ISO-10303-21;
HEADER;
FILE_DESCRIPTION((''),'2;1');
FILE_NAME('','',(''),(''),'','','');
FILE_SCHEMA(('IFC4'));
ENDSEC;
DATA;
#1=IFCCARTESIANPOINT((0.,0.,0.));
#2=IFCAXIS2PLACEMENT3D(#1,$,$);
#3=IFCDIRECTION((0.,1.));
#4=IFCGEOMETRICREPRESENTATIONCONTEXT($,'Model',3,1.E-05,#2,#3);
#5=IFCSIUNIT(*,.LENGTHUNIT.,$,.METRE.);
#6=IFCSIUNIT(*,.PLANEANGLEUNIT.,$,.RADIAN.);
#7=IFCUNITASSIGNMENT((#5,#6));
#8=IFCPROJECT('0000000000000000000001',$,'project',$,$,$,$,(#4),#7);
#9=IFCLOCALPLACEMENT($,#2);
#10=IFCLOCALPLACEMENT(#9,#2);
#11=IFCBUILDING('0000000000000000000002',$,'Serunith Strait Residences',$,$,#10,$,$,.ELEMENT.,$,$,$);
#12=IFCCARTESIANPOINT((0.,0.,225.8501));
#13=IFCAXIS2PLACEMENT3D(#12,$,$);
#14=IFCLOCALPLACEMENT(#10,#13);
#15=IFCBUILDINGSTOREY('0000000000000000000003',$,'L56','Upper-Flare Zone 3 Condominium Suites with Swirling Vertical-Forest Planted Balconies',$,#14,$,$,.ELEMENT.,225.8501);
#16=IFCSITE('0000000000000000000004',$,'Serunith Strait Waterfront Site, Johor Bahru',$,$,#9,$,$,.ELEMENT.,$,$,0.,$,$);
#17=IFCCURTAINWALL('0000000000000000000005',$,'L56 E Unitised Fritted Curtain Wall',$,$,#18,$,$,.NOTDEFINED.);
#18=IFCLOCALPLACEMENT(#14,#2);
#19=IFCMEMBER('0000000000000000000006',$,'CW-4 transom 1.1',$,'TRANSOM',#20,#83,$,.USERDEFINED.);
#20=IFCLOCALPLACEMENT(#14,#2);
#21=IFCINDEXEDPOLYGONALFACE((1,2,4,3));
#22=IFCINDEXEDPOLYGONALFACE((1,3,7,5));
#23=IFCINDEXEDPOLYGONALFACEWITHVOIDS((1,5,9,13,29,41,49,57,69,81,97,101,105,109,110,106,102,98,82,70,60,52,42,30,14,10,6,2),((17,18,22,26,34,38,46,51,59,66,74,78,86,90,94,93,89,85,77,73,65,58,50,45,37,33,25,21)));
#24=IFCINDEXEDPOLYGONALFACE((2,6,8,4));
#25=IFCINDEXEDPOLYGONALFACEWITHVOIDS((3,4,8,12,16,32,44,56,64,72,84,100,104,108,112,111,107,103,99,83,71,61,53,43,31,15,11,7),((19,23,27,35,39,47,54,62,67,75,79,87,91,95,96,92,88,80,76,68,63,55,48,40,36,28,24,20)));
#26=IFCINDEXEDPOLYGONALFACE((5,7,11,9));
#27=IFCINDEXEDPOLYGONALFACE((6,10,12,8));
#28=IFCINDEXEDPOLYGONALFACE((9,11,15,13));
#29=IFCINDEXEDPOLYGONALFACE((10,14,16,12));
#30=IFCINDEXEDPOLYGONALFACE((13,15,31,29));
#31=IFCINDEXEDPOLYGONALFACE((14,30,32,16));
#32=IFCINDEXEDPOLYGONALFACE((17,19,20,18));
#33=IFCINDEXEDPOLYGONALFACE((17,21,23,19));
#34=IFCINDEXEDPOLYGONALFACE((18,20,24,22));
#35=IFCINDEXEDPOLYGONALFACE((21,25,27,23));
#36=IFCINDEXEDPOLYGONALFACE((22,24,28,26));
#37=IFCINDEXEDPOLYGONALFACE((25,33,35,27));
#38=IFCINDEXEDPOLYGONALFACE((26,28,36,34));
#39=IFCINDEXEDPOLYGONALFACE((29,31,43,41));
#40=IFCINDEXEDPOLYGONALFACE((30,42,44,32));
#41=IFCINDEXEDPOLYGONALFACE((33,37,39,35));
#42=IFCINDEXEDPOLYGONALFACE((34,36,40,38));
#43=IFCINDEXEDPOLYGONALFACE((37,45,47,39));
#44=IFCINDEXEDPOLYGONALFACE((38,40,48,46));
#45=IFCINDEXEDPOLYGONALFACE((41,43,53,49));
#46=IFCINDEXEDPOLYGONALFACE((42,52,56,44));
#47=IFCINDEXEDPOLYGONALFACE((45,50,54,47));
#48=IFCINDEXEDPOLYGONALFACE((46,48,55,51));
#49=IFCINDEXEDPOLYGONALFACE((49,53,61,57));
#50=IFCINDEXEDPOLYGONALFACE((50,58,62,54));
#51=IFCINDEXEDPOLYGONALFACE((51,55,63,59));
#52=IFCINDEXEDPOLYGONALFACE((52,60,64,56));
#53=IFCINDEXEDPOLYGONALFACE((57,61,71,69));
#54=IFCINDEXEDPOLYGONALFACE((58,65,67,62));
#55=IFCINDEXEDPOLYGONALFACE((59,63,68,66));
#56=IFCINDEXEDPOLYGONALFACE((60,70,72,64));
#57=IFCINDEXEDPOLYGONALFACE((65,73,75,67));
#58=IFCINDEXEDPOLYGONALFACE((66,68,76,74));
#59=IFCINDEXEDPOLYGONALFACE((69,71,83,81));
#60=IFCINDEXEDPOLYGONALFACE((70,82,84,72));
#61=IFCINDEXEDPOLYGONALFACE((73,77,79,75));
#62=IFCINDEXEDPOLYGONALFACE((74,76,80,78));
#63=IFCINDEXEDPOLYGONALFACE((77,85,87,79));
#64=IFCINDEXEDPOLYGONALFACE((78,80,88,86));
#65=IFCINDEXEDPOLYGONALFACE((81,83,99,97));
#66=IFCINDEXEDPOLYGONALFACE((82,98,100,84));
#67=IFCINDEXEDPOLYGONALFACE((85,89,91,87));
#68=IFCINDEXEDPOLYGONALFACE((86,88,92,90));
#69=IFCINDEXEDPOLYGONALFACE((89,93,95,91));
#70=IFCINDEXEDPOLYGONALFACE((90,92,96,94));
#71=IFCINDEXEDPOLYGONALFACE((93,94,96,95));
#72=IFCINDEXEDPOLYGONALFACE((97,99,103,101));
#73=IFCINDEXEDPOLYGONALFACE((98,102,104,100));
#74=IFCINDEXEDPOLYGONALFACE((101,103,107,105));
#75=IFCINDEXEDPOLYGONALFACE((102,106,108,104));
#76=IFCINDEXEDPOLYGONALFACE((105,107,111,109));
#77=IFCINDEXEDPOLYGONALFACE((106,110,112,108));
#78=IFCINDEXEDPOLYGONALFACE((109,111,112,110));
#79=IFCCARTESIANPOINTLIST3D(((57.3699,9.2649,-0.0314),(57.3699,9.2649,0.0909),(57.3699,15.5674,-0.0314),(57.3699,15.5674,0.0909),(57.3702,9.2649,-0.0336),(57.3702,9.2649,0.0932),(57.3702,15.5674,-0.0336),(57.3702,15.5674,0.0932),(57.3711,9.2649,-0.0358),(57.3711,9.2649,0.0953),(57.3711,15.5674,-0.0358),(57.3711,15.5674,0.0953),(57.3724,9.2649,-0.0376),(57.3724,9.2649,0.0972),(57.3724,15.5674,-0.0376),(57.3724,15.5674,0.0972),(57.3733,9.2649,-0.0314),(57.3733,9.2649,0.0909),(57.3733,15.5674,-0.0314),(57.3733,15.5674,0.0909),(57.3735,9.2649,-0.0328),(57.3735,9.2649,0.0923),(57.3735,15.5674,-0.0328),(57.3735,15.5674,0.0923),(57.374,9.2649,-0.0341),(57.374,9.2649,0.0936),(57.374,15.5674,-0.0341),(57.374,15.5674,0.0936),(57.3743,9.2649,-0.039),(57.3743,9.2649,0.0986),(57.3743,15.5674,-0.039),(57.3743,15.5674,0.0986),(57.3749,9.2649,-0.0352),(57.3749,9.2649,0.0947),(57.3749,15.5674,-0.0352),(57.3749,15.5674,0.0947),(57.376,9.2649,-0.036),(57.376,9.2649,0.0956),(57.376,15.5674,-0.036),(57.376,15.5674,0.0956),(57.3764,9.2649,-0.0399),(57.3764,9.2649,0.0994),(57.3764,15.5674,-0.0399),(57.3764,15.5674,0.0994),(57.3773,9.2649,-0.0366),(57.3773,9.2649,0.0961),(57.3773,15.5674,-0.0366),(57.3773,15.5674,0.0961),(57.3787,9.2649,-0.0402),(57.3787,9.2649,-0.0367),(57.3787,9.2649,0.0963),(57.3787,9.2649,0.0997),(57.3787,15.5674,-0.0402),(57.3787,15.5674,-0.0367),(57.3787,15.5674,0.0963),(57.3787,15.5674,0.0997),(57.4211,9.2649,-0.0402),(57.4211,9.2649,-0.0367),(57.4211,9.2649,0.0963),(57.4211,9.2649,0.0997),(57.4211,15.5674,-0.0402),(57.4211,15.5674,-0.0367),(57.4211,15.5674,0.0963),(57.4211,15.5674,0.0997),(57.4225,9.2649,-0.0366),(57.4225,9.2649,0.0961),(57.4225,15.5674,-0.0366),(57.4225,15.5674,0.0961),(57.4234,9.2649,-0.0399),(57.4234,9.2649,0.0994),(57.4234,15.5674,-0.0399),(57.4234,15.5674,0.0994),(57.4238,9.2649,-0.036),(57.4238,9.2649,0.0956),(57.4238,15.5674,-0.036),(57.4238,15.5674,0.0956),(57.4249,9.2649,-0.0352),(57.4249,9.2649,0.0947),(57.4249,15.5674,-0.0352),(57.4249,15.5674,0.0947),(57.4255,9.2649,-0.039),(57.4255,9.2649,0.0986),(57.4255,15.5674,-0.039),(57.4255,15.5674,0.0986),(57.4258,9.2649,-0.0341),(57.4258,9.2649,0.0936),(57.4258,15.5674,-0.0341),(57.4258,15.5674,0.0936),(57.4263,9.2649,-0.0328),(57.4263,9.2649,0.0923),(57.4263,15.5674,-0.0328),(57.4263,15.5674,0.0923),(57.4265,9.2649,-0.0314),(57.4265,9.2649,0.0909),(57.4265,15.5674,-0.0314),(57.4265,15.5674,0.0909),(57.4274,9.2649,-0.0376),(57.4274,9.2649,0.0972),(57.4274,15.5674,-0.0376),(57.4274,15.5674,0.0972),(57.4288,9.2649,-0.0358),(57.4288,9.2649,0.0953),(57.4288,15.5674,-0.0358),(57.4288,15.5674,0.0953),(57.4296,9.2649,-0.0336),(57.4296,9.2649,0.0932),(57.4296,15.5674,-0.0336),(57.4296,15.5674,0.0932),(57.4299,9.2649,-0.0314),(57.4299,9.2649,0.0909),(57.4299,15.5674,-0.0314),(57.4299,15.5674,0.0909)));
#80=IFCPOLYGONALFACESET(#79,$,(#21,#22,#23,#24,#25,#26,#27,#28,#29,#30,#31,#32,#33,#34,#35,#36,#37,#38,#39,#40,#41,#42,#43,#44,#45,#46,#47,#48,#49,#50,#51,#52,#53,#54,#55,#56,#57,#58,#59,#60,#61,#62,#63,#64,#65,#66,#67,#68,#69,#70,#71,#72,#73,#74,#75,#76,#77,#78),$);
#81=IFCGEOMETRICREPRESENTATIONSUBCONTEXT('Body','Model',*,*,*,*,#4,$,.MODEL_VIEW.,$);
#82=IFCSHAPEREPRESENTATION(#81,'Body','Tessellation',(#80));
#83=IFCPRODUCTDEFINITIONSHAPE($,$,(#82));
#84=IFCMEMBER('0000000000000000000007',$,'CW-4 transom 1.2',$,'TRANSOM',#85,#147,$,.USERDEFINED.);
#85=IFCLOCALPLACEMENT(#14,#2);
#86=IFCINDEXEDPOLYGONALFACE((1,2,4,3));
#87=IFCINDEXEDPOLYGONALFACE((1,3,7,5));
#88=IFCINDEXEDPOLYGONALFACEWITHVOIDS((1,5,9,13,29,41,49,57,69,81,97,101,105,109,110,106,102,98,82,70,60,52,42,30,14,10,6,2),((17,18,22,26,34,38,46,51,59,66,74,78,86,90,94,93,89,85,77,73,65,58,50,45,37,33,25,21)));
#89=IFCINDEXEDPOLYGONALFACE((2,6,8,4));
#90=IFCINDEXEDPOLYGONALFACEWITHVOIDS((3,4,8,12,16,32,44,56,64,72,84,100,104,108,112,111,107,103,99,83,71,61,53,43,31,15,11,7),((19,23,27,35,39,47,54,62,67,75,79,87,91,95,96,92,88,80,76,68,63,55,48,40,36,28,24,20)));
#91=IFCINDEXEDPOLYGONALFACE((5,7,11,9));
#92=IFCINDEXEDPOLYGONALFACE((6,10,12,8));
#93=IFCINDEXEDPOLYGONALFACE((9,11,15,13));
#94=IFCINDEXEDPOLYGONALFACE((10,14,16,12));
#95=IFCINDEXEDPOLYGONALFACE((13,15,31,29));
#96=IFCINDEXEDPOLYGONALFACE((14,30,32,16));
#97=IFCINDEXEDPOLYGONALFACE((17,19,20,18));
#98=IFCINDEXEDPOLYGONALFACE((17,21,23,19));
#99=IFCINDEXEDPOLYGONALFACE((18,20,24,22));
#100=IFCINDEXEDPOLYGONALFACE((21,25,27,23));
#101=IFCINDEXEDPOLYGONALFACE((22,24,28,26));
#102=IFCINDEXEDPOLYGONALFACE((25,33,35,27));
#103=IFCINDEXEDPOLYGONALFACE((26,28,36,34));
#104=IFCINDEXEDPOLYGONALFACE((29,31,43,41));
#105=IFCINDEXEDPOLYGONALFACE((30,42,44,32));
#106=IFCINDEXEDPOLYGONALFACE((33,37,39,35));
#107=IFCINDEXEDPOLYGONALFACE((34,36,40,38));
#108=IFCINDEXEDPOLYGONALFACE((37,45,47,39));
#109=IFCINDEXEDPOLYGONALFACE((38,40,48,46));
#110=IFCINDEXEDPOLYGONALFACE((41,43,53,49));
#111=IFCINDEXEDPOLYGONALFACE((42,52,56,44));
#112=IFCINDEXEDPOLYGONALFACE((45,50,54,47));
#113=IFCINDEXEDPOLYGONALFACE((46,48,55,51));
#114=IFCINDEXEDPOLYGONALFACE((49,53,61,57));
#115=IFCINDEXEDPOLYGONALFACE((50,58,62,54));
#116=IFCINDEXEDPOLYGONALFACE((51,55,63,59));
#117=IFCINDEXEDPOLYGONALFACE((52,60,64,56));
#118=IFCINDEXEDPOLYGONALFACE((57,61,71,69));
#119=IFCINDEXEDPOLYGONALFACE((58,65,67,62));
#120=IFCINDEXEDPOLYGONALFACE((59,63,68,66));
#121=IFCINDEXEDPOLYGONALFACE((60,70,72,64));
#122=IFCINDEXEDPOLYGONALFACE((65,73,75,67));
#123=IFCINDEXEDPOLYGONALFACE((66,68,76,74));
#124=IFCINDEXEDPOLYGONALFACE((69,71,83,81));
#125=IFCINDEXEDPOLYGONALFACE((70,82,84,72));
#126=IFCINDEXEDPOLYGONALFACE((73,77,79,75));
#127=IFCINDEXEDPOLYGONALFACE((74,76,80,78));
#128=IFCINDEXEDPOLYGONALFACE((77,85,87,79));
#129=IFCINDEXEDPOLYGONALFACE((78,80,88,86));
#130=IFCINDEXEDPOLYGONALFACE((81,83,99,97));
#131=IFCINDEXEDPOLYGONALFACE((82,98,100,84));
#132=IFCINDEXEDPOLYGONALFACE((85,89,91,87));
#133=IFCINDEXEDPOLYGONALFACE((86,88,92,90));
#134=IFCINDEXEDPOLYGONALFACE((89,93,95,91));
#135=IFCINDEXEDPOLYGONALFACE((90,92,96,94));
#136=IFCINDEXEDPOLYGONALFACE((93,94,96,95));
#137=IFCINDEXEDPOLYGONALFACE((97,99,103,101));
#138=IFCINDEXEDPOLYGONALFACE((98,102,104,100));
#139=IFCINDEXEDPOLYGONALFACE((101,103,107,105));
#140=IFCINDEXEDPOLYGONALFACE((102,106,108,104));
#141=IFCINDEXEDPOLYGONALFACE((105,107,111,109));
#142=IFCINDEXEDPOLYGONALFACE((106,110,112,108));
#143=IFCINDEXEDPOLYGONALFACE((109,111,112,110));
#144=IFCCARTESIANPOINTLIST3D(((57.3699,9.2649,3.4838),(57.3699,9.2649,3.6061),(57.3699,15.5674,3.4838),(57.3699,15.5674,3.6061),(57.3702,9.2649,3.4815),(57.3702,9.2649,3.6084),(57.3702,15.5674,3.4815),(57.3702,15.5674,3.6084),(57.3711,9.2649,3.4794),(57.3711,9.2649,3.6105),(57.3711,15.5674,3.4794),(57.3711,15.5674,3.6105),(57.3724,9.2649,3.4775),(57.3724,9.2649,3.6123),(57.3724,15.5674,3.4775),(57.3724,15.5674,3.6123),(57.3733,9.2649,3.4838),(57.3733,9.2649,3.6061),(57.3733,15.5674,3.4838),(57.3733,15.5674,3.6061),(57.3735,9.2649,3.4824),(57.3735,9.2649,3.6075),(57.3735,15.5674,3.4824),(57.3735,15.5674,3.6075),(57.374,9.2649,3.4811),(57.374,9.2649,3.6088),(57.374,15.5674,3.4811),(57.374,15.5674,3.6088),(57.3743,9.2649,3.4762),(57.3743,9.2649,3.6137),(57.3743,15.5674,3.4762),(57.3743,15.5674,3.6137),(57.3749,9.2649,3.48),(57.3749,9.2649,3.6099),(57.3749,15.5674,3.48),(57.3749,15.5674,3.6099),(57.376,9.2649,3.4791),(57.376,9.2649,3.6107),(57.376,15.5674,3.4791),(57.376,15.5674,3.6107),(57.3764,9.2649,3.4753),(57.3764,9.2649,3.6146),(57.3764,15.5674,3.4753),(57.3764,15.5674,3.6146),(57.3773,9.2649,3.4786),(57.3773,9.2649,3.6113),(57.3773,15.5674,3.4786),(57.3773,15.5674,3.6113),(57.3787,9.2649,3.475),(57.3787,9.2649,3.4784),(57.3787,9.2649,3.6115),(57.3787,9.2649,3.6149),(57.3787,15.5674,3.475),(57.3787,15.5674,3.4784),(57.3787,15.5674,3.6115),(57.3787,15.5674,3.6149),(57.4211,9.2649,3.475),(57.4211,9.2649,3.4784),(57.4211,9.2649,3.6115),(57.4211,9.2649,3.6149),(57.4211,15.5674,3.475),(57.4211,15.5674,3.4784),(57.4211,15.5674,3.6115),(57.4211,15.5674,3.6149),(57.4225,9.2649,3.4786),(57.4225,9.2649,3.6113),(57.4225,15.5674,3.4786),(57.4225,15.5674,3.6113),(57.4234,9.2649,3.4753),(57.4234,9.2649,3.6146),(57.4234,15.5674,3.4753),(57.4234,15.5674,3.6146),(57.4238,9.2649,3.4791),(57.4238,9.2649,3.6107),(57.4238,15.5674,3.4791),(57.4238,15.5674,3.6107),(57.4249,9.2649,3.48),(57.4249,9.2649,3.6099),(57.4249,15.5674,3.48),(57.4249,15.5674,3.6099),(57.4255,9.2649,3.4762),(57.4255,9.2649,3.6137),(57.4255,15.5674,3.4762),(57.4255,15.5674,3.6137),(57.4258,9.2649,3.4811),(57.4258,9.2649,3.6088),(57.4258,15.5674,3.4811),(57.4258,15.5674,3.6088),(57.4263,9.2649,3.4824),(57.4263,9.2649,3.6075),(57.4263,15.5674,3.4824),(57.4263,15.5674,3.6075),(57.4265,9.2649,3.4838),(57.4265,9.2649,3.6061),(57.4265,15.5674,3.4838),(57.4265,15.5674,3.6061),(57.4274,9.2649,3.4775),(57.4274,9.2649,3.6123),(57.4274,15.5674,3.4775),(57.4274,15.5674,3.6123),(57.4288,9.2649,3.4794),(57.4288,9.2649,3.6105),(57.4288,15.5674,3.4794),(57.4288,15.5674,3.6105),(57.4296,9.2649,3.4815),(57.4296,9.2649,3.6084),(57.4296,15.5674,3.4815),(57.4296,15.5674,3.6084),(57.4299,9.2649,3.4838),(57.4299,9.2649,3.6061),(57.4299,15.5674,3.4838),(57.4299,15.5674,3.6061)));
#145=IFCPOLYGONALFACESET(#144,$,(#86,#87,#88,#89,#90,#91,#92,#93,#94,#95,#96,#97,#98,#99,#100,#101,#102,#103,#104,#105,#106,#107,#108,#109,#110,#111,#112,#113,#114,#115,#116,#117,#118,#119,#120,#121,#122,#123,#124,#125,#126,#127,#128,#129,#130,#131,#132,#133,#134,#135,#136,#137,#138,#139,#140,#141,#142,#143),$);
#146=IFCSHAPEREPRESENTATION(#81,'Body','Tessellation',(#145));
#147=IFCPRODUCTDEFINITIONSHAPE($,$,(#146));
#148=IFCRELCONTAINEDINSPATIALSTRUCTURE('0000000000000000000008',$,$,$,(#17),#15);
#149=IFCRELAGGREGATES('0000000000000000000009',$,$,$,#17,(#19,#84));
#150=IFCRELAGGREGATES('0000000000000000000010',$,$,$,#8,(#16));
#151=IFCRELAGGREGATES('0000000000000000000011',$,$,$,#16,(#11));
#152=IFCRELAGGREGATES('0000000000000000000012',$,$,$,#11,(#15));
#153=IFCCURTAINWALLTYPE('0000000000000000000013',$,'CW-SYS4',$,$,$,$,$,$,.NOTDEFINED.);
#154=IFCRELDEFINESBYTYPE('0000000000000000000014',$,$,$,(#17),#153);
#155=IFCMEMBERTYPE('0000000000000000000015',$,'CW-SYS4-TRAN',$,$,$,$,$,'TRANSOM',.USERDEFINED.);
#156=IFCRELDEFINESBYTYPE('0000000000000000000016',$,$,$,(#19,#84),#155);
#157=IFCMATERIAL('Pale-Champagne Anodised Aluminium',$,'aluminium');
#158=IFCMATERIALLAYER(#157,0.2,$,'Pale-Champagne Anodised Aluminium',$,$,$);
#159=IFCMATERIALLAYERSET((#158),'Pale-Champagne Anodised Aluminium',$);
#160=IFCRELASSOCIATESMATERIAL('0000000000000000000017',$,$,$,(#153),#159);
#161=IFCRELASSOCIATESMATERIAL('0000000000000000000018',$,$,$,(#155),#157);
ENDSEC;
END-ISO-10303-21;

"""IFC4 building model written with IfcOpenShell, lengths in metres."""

from ifc_helpers import new_model, si_unit, direction, frame, origin, origin_2d, place, context, subcontext, project, spatial, hollow_rectangle, extrude, source, transform, mapped, material, layer, layer_set, material_profile, profile_set, type_object, element, aggregate, save


model = new_model("IFC4")

# Units and contexts
model_context = context("Model", 3, precision=1e-05, world=origin(), true_north=direction((0.0, 1.0)))
body_context = subcontext(model_context, "Body", "Model", "MODEL_VIEW")
ifc_project = project(units=[si_unit("LENGTHUNIT", "METRE"), si_unit("PLANEANGLEUNIT", "RADIAN")], contexts=[model_context])

# Site, building, storey
site_placement = place(None, origin())
site = spatial("IfcSite", under=ifc_project, at=site_placement, Name="Serunith Strait Waterfront Site, Johor Bahru", CompositionType="ELEMENT", RefElevation=0.0)
building_placement = place(site_placement, origin())
building = spatial("IfcBuilding", under=site, at=building_placement, Name="Serunith Strait Residences", CompositionType="ELEMENT")
storey_placement = place(building_placement, frame((0.0, 0.0, 225.8501)))
storey = spatial("IfcBuildingStorey", under=building, at=storey_placement, Name="L56", Description="Upper-Flare Zone 3 Condominium Suites with Swirling Vertical-Forest Planted Balconies", CompositionType="ELEMENT", Elevation=225.8501)

# Shared definitions
ifc_material_1 = material(Name="Pale-Champagne Anodised Aluminium", Category="aluminium")
ifc_layer_1 = layer(ifc_material_1, 0.2, Name="Pale-Champagne Anodised Aluminium")
ifc_layer_set_1 = layer_set([ifc_layer_1], Name="Pale-Champagne Anodised Aluminium")
curtain_wall_type = type_object("IfcCurtainWallType", Name="CW-SYS4", PredefinedType="NOTDEFINED", material=ifc_layer_set_1)

# Curtain wall, members
curtain_wall_1_placement = place(storey_placement, origin())
curtain_wall_1 = element("IfcCurtainWall", 1, at=curtain_wall_1_placement, inside=storey, type_object=curtain_wall_type, Name="L56 E Unitised Fritted Curtain Wall", PredefinedType="NOTDEFINED")
ifc_material_profile_1 = material_profile(ifc_material_1, hollow_rectangle(XDim=0.0601, YDim=0.1399, WallThickness=0.0034, InnerFilletRadius=0.0054, OuterFilletRadius=0.0088, at=origin_2d()), Name="ALU 140x60x3.5")
ifc_profile_set_1 = profile_set([ifc_material_profile_1], Name="Pale-Champagne Anodised Aluminium")
member_type_1 = type_object("IfcMemberType", Name="CW-SYS4-TRAN", ElementType="TRANSOM", PredefinedType="USERDEFINED", material=ifc_profile_set_1)
shared_shape_1 = source(origin(), body_context, "Body", "SweptSolid", [
    extrude(hollow_rectangle(XDim=0.0601, YDim=0.1399, WallThickness=0.0034, InnerFilletRadius=0.0054, OuterFilletRadius=0.0088, at=origin_2d()), origin(), (0.0, 0.0, 1.0), 6.3025),
])
member_1_placement = place(storey_placement, frame((57.3999, 9.2649, 0.0298), z_axis=(0.0, 1.0, 0.0), x_axis=(-1.0, 0.0, 0.0)))
member_1 = element("IfcMember", 2, at=member_1_placement, type_object=member_type_1, Name="CW-4 transom 1.1", ObjectType="TRANSOM", PredefinedType="USERDEFINED", context=body_context, shape_type="MappedRepresentation", body=[
    mapped(shared_shape_1, transform((0.0, 0.0, 0.0), scale=1.0)),
])
member_2_placement = place(storey_placement, frame((57.3999, 9.2649, 3.5449), z_axis=(0.0, 1.0, 0.0), x_axis=(-1.0, 0.0, 0.0)))
member_2 = element("IfcMember", 3, at=member_2_placement, type_object=member_type_1, Name="CW-4 transom 1.2", ObjectType="TRANSOM", PredefinedType="USERDEFINED", context=body_context, shape_type="MappedRepresentation", body=[
    mapped(shared_shape_1, transform((0.0, 0.0, 0.0), scale=1.0)),
])
aggregate(curtain_wall_1, [member_1, member_2])

save(model, "model.ifc")
